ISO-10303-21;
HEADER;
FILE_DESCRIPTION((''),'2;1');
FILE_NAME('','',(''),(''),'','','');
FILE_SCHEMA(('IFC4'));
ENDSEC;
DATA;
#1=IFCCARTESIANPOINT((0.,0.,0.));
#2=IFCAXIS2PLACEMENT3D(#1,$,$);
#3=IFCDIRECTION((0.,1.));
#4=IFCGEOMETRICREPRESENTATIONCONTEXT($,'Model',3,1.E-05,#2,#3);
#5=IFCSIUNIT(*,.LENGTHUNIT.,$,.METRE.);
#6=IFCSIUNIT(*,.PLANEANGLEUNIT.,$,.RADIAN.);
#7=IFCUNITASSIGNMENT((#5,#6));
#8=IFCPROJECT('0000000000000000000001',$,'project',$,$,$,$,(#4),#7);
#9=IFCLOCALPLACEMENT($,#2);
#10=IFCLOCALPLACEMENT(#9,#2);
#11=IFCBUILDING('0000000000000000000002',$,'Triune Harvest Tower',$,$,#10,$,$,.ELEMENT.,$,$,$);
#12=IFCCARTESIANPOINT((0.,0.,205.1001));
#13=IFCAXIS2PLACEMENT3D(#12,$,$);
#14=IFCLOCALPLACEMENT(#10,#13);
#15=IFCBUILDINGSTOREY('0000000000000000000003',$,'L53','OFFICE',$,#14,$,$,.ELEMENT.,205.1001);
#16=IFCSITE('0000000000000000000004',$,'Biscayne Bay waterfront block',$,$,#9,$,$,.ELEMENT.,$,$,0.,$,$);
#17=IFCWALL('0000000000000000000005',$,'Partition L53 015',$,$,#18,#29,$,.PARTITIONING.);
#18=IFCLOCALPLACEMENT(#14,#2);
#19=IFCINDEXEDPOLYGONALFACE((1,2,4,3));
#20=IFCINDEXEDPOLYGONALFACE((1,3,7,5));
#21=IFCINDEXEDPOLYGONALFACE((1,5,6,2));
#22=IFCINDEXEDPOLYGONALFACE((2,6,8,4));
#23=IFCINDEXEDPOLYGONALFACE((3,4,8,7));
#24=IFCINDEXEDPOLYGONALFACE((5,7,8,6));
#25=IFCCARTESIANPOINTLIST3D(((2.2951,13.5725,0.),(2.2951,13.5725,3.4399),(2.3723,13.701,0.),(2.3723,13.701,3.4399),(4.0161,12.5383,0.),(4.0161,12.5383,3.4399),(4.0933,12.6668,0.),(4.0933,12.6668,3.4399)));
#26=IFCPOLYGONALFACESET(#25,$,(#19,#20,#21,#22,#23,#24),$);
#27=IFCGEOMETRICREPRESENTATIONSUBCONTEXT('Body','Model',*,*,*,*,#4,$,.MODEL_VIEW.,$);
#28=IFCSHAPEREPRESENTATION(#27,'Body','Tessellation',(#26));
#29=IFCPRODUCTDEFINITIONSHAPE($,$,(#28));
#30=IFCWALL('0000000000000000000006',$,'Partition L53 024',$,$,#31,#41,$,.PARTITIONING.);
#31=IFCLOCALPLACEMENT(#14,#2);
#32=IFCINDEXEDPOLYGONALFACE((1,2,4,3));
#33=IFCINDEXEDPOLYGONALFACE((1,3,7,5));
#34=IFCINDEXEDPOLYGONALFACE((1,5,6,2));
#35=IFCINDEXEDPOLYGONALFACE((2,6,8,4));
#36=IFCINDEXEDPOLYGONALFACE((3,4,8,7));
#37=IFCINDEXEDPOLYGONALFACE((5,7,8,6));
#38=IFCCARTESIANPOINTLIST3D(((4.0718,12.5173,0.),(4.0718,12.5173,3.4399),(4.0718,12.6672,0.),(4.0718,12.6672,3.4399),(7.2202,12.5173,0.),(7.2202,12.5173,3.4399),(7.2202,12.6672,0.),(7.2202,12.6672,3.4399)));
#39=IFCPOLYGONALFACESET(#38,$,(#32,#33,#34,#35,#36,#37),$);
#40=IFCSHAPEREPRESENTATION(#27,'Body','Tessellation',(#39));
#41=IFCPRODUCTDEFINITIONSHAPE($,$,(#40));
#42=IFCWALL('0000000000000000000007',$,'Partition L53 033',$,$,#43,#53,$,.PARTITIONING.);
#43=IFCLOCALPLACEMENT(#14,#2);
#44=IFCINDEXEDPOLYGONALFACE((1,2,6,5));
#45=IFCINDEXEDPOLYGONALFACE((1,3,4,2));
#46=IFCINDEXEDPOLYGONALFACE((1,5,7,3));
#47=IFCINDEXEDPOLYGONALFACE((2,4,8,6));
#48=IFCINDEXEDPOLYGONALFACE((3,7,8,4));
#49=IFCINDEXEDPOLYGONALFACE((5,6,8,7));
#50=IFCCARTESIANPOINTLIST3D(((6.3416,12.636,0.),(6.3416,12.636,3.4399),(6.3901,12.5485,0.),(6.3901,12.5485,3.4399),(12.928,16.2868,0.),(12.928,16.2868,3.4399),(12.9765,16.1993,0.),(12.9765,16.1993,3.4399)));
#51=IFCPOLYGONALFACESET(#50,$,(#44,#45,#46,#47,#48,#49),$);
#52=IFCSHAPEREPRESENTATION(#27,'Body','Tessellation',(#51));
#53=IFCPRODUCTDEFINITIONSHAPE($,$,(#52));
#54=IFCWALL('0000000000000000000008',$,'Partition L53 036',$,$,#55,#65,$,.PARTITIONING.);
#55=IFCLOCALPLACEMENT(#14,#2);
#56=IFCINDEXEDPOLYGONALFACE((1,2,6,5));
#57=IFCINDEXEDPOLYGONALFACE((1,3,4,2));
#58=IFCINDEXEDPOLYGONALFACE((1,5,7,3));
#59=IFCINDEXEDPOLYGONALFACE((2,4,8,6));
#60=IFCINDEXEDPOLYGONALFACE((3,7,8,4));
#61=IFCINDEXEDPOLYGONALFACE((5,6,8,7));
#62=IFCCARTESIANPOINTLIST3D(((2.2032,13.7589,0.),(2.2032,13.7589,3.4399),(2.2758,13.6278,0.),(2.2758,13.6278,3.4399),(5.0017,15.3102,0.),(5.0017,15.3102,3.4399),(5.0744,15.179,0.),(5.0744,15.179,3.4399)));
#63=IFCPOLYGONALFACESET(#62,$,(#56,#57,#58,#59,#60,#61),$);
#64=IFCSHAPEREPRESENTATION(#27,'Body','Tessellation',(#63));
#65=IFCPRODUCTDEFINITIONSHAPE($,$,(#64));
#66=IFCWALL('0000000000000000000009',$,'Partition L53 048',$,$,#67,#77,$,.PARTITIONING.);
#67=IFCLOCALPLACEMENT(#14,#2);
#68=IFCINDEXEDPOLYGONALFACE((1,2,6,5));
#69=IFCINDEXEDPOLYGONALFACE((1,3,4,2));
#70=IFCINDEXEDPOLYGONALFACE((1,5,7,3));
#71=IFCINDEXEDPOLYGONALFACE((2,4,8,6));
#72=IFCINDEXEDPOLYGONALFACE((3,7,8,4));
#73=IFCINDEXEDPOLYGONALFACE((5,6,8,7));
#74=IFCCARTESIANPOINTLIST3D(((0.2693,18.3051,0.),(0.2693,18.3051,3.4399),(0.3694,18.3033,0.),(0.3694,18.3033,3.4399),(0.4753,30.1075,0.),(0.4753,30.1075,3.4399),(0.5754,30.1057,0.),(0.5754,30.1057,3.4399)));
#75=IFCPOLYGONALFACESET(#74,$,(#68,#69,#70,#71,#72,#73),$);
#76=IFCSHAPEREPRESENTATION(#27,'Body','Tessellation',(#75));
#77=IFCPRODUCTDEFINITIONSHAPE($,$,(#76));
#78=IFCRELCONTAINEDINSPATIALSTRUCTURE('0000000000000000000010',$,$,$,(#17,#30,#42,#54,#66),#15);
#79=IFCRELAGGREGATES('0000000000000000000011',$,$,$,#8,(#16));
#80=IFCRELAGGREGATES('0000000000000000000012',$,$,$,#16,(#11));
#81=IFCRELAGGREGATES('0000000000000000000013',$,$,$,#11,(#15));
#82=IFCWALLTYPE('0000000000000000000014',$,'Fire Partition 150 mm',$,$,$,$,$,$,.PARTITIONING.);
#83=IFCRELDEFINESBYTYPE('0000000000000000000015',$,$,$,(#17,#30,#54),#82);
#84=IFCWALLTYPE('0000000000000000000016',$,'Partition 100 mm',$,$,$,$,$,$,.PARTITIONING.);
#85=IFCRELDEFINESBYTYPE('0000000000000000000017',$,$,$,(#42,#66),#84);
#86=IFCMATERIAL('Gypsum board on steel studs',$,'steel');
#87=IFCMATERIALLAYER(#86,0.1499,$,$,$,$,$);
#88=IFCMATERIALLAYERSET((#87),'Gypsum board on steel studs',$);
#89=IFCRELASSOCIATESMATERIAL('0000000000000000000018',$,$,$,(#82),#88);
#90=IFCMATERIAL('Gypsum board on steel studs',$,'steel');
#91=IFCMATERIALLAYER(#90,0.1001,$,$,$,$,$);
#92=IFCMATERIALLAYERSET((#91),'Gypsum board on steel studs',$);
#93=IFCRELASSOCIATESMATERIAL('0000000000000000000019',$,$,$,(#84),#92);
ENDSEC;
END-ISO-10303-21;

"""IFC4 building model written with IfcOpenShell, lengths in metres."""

from ifc_helpers import new_model, si_unit, direction, frame, frame_2d, origin, place, context, subcontext, project, spatial, rectangle, extrude, source, transform, mapped, material, layer, layer_set, type_object, element, save


model = new_model("IFC4")

# Units and contexts
model_context = context("Model", 3, precision=1e-05, world=origin(), true_north=direction((0.0, 1.0)))
body_context = subcontext(model_context, "Body", "Model", "MODEL_VIEW")
ifc_project = project(units=[si_unit("LENGTHUNIT", "METRE"), si_unit("PLANEANGLEUNIT", "RADIAN")], contexts=[model_context])

# Site, building, storey
site_placement = place(None, origin())
site = spatial("IfcSite", under=ifc_project, at=site_placement, Name="Biscayne Bay waterfront block", CompositionType="ELEMENT", RefElevation=0.0)
building_placement = place(site_placement, origin())
building = spatial("IfcBuilding", under=site, at=building_placement, Name="Triune Harvest Tower", CompositionType="ELEMENT")
storey_placement = place(building_placement, frame((0.0, 0.0, 205.1001)))
storey = spatial("IfcBuildingStorey", under=building, at=storey_placement, Name="L53", Description="OFFICE", CompositionType="ELEMENT", Elevation=205.1001)

# Shared definitions
ifc_material_1 = material(Name="Gypsum board on steel studs", Category="steel")
ifc_layer_1 = layer(ifc_material_1, 0.1499)
ifc_layer_set_1 = layer_set([ifc_layer_1], Name="Gypsum board on steel studs")
wall_type_1 = type_object("IfcWallType", Name="Fire Partition 150 mm", PredefinedType="PARTITIONING", material=ifc_layer_set_1)

# Walls
ifc_material_2 = material(Name="Gypsum board on steel studs", Category="steel")
ifc_layer_2 = layer(ifc_material_2, 0.1001)
ifc_layer_set_2 = layer_set([ifc_layer_2], Name="Gypsum board on steel studs")
wall_type_2 = type_object("IfcWallType", Name="Partition 100 mm", PredefinedType="PARTITIONING", material=ifc_layer_set_2)
shared_shape_1 = source(origin(), body_context, "Body", "SweptSolid", [
    extrude(rectangle(XDim=2.0078, YDim=0.1499, at=frame_2d((1.0039, 0.0))), origin(), (0.0, 0.0, 1.0), 3.4399),
])
wall_1_placement = place(storey_placement, frame((2.3337, 13.6367, 0.0), z_axis=(0.0, 0.0, 1.0), x_axis=(0.857139, -0.515086, 0.0)))
element("IfcWall", 1, at=wall_1_placement, inside=storey, type_object=wall_type_1, Name="Partition L53 015", PredefinedType="PARTITIONING", context=body_context, shape_type="MappedRepresentation", body=[
    mapped(shared_shape_1, transform((0.0, 0.0, 0.0), scale=1.0)),
])
shared_shape_2 = source(origin(), body_context, "Body", "SweptSolid", [
    extrude(rectangle(XDim=3.1484, YDim=0.1499, at=frame_2d((1.5742, 0.0))), origin(), (0.0, 0.0, 1.0), 3.4399),
])
wall_2_placement = place(storey_placement, frame((4.0718, 12.5923, 0.0), z_axis=(0.0, 0.0, 1.0), x_axis=(1.0, 0.0, 0.0)))
element("IfcWall", 2, at=wall_2_placement, inside=storey, type_object=wall_type_1, Name="Partition L53 024", PredefinedType="PARTITIONING", context=body_context, shape_type="MappedRepresentation", body=[
    mapped(shared_shape_2, transform((0.0, 0.0, 0.0), scale=1.0)),
])
shared_shape_3 = source(origin(), body_context, "Body", "SweptSolid", [
    extrude(rectangle(XDim=7.5305, YDim=0.1001, at=frame_2d((3.7651, 0.0))), origin(), (0.0, 0.0, 1.0), 3.4399),
])
wall_3_placement = place(storey_placement, frame((6.366, 12.5923, 0.0), z_axis=(0.0, 0.0, 1.0), x_axis=(0.874622, 0.484806, 0.0)))
element("IfcWall", 3, at=wall_3_placement, inside=storey, type_object=wall_type_2, Name="Partition L53 033", PredefinedType="PARTITIONING", context=body_context, shape_type="MappedRepresentation", body=[
    mapped(shared_shape_3, transform((0.0, 0.0, 0.0), scale=1.0)),
])
shared_shape_4 = source(origin(), body_context, "Body", "SweptSolid", [
    extrude(rectangle(XDim=3.1997, YDim=0.1499, at=frame_2d((1.5999, 0.0))), origin(), (0.0, 0.0, 1.0), 3.4399),
])
wall_4_placement = place(storey_placement, frame((2.2395, 13.6934, 0.0), z_axis=(0.0, 0.0, 1.0), x_axis=(0.874621, 0.484807, 0.0)))
element("IfcWall", 4, at=wall_4_placement, inside=storey, type_object=wall_type_1, Name="Partition L53 036", PredefinedType="PARTITIONING", context=body_context, shape_type="MappedRepresentation", body=[
    mapped(shared_shape_4, transform((0.0, 0.0, 0.0), scale=1.0)),
])
shared_shape_5 = source(origin(), body_context, "Body", "SweptSolid", [
    extrude(rectangle(XDim=11.8042, YDim=0.1001, at=frame_2d((5.9021, 0.0))), origin(), (0.0, 0.0, 1.0), 3.4399),
])
wall_5_placement = place(storey_placement, frame((0.3193, 18.3042, 0.0), z_axis=(0.0, 0.0, 1.0), x_axis=(0.017456, 0.999848, 0.0)))
element("IfcWall", 5, at=wall_5_placement, inside=storey, type_object=wall_type_2, Name="Partition L53 048", PredefinedType="PARTITIONING", context=body_context, shape_type="MappedRepresentation", body=[
    mapped(shared_shape_5, transform((0.0, 0.0, 0.0), scale=1.0)),
])

save(model, "model.ifc")
